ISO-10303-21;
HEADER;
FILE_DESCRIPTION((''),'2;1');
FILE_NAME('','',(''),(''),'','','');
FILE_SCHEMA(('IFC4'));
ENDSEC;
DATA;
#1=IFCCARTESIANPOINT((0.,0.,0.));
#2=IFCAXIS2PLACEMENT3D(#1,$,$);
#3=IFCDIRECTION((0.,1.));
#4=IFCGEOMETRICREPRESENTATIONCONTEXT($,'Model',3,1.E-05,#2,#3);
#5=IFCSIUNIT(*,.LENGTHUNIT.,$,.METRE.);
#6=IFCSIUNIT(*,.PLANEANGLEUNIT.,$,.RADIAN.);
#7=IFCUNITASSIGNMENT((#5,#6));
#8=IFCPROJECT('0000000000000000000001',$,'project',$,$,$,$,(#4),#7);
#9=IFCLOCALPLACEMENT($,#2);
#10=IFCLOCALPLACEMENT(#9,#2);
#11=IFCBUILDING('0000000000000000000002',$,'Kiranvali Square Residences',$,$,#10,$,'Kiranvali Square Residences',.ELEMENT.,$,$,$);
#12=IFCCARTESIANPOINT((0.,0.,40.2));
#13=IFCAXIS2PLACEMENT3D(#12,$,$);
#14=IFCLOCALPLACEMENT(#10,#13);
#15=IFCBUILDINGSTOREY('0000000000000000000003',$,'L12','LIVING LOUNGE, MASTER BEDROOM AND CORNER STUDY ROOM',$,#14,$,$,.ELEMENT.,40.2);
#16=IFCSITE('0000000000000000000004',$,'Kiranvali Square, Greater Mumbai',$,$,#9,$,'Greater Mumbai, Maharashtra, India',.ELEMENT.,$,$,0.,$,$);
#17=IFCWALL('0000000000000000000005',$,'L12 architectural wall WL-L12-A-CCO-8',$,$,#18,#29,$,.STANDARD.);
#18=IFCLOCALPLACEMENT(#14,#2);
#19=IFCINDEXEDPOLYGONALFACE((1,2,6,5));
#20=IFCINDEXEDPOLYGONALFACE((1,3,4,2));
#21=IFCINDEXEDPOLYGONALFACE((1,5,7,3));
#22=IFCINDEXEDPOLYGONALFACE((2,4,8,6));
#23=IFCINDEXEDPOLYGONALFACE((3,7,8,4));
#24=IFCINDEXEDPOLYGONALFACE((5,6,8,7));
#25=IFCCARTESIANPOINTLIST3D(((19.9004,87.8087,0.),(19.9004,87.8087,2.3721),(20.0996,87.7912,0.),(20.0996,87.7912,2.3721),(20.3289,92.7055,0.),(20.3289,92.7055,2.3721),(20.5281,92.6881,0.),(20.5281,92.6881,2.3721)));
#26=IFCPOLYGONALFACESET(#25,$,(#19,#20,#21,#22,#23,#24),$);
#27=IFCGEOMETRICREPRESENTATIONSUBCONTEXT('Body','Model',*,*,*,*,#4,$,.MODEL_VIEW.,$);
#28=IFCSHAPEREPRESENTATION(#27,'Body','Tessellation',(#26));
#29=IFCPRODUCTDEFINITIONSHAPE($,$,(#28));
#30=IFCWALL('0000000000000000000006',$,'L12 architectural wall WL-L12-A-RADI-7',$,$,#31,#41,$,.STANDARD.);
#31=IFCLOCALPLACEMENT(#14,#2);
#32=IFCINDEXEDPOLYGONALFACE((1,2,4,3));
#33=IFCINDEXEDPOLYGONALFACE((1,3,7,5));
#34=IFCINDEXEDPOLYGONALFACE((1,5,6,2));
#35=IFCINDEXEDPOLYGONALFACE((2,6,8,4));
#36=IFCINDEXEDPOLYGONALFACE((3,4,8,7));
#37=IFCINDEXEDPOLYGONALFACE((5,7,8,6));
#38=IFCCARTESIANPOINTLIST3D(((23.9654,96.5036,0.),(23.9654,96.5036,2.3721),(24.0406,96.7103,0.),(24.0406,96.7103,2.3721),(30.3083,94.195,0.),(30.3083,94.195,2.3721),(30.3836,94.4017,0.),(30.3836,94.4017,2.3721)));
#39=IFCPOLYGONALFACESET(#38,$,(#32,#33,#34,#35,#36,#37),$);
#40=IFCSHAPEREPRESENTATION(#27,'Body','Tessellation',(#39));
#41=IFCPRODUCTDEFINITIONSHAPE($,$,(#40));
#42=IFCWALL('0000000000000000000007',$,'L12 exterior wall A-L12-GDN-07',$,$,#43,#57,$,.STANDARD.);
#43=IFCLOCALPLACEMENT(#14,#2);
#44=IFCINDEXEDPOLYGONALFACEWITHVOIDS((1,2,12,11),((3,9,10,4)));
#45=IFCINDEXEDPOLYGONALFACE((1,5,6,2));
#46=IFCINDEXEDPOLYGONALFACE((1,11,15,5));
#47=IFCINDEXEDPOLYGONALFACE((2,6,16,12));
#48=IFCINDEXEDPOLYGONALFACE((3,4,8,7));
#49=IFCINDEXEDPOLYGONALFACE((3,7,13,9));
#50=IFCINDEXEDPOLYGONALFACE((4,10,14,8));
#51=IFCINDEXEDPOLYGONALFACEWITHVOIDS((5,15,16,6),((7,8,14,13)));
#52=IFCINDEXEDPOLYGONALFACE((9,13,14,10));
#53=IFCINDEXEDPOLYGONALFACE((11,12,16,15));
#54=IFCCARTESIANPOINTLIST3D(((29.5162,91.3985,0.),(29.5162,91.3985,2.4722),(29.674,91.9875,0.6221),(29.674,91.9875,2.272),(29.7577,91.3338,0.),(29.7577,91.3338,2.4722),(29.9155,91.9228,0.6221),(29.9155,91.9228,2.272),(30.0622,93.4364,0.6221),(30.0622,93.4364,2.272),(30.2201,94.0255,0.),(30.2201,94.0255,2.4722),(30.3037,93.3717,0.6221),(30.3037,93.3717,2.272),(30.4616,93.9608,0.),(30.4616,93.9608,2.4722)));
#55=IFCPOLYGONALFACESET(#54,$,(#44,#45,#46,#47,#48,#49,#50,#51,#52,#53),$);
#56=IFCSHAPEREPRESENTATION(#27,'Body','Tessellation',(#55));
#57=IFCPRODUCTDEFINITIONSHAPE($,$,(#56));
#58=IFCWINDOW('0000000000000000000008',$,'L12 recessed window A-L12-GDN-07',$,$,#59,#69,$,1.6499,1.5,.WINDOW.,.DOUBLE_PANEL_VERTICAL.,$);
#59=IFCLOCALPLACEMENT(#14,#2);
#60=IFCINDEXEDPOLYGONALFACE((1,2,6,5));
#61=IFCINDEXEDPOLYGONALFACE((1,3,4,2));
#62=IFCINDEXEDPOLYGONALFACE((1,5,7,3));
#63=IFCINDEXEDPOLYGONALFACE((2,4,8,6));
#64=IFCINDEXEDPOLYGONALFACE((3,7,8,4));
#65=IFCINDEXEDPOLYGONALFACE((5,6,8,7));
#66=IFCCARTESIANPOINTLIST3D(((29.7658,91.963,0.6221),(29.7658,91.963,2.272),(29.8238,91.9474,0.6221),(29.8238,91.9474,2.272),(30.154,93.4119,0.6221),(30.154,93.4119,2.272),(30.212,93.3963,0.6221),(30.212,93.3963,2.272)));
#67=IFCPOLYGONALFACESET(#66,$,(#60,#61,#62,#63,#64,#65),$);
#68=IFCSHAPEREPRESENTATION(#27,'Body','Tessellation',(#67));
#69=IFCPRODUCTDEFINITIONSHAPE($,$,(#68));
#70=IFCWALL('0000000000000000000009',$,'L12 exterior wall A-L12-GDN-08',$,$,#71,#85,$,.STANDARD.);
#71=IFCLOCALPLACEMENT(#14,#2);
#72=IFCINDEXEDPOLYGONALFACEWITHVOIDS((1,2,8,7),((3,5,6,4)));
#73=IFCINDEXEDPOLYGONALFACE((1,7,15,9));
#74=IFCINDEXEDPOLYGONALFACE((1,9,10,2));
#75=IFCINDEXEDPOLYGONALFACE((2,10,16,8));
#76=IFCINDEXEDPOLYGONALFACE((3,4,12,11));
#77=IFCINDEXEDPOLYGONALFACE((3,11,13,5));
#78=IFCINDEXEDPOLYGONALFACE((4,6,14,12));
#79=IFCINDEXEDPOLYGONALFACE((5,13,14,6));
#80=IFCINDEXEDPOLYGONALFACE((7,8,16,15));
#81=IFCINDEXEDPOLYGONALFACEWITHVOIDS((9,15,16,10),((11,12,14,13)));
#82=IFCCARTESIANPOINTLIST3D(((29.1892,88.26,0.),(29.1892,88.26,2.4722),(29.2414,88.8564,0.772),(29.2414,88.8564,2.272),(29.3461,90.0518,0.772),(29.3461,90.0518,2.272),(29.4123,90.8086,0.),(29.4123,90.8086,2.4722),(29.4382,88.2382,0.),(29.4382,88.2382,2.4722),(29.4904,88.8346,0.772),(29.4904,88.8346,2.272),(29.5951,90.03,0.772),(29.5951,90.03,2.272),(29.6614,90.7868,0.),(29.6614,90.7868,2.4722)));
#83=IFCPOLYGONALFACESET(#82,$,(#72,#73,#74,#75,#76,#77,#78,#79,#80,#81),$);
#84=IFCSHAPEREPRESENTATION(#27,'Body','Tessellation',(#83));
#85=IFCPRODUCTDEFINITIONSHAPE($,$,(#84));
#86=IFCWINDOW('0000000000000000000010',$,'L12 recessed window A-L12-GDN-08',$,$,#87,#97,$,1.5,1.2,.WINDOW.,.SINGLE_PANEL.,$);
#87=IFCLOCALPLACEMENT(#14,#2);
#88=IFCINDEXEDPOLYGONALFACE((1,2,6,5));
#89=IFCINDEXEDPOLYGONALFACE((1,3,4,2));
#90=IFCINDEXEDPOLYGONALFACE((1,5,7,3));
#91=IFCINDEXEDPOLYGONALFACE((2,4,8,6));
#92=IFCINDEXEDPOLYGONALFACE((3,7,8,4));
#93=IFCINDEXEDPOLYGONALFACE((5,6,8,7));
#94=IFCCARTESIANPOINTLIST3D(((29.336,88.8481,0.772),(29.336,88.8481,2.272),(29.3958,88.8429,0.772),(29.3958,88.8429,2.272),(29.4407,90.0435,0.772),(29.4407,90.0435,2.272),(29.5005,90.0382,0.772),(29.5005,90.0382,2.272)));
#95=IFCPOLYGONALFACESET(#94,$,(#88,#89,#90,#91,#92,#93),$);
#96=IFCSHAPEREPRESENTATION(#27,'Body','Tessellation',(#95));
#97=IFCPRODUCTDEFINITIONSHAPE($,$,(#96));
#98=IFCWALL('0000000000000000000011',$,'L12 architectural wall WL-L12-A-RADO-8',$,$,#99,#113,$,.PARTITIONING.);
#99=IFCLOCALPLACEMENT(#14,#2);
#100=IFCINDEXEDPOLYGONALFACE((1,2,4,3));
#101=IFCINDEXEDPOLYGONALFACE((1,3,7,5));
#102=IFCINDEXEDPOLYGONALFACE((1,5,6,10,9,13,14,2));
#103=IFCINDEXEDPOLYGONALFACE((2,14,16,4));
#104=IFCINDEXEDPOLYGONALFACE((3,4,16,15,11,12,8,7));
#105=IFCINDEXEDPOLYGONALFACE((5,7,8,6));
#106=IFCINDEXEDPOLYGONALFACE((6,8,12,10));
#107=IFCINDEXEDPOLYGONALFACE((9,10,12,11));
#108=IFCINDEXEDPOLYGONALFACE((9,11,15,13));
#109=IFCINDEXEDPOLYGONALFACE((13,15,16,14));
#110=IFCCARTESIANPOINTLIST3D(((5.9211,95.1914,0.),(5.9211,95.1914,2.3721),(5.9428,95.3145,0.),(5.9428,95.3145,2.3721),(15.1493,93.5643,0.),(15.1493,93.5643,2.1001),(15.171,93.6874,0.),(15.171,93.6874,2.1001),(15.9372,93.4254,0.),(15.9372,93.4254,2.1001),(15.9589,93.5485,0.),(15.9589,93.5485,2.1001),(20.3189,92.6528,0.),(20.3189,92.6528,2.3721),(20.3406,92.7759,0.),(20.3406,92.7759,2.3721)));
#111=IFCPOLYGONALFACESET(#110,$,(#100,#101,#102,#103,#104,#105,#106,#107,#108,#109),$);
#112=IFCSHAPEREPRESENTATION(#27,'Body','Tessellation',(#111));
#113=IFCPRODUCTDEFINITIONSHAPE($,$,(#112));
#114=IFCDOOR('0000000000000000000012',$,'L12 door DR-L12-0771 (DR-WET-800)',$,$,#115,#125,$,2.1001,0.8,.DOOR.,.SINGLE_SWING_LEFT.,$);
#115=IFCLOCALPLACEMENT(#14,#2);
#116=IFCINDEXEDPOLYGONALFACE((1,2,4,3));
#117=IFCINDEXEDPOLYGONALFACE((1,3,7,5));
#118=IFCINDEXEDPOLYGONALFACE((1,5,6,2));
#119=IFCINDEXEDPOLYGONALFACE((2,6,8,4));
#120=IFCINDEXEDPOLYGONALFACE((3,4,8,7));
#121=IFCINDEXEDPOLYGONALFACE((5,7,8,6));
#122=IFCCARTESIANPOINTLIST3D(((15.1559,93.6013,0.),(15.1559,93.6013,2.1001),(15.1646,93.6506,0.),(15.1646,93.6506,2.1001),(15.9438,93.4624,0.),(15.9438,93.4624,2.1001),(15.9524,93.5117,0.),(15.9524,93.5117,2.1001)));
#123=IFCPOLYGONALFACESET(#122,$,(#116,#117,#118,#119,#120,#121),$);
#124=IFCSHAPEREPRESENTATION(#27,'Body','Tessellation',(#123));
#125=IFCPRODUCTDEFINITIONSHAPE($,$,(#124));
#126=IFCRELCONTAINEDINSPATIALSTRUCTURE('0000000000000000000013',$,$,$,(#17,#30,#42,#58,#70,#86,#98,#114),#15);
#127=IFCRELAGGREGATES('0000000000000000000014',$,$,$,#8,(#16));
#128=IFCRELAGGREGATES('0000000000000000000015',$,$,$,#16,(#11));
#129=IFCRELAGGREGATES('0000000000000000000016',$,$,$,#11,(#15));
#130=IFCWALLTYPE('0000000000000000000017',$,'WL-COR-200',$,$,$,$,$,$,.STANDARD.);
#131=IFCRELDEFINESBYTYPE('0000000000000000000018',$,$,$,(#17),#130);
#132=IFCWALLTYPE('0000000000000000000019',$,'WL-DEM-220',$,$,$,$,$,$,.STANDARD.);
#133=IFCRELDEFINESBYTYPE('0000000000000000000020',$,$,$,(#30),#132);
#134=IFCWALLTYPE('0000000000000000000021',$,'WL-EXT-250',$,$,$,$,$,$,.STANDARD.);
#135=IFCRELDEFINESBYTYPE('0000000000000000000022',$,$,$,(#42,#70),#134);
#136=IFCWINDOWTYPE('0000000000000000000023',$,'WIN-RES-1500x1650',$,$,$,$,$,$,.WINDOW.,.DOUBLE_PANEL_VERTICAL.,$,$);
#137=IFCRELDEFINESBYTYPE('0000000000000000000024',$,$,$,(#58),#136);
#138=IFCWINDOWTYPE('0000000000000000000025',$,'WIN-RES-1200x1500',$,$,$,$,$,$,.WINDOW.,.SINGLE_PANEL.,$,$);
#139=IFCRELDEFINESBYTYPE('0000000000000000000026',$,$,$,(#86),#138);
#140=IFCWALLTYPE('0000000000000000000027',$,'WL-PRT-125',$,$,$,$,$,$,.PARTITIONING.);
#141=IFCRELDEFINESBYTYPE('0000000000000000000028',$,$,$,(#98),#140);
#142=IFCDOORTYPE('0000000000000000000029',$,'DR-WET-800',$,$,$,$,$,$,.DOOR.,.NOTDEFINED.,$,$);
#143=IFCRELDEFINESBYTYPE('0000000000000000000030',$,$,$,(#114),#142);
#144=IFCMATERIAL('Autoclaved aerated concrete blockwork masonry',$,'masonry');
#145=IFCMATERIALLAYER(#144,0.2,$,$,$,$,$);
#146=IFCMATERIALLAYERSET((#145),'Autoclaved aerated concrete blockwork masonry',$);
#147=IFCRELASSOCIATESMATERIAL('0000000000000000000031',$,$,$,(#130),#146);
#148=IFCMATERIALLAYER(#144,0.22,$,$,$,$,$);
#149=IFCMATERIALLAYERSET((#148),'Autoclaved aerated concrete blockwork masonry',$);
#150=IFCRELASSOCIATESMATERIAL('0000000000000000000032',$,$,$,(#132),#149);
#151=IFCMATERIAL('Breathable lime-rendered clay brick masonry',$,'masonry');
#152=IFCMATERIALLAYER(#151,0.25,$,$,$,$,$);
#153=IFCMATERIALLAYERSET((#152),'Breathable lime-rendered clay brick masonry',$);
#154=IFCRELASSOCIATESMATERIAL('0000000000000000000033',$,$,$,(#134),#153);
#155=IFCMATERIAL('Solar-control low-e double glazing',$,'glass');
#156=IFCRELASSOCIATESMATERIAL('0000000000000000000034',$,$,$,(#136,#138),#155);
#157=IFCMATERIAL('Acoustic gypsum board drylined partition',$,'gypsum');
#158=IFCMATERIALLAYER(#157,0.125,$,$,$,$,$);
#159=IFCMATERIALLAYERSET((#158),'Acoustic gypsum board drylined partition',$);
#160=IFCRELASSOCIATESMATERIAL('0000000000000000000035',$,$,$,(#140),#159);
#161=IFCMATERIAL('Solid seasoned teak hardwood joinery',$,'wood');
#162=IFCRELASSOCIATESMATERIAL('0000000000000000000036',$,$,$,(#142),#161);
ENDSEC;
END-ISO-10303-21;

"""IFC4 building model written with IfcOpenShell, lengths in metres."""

from ifc_helpers import new_model, si_unit, direction, frame, frame_2d, origin, place, context, subcontext, project, spatial, rectangle, extrude, material, layer, layer_set, type_object, element, fill, save


model = new_model("IFC4")

# Units and contexts
model_context = context("Model", 3, precision=1e-05, world=origin(), true_north=direction((0.0, 1.0)))
body_context = subcontext(model_context, "Body", "Model", "MODEL_VIEW")
ifc_project = project(units=[si_unit("LENGTHUNIT", "METRE"), si_unit("PLANEANGLEUNIT", "RADIAN")], contexts=[model_context])

# Site, building, storey
site_placement = place(None, origin())
site = spatial("IfcSite", under=ifc_project, at=site_placement, Name="Kiranvali Square, Greater Mumbai", LongName="Greater Mumbai, Maharashtra, India", CompositionType="ELEMENT", RefElevation=0.0)
building_placement = place(site_placement, origin())
building = spatial("IfcBuilding", under=site, at=building_placement, Name="Kiranvali Square Residences", LongName="Kiranvali Square Residences", CompositionType="ELEMENT")
storey_placement = place(building_placement, frame((0.0, 0.0, 40.2)))
storey = spatial("IfcBuildingStorey", under=building, at=storey_placement, Name="L12", Description="LIVING LOUNGE, MASTER BEDROOM AND CORNER STUDY ROOM", CompositionType="ELEMENT", Elevation=40.2)

# Walls
ifc_material_1 = material(Name="Autoclaved aerated concrete blockwork masonry", Category="masonry")
ifc_layer_1 = layer(ifc_material_1, 0.2)
ifc_layer_set_1 = layer_set([ifc_layer_1], Name="Autoclaved aerated concrete blockwork masonry")
wall_type_1 = type_object("IfcWallType", Name="WL-COR-200", PredefinedType="STANDARD", material=ifc_layer_set_1)
wall_1_placement = place(storey_placement, frame((20.4285, 92.6968, 0.0), z_axis=(0.0, 0.0, 1.0), x_axis=(-0.087168, -0.996194, 0.0)))
element("IfcWall", 1, at=wall_1_placement, inside=storey, type_object=wall_type_1, Name="L12 architectural wall WL-L12-A-CCO-8", PredefinedType="STANDARD", context=body_context, shape_type="SweptSolid", body=[
    extrude(rectangle(XDim=4.9155, YDim=0.2, at=frame_2d((2.4578, 0.0))), origin(), (0.0, 0.0, 1.0), 2.3721),
])
ifc_layer_2 = layer(ifc_material_1, 0.22)
ifc_layer_set_2 = layer_set([ifc_layer_2], Name="Autoclaved aerated concrete blockwork masonry")
wall_type_2 = type_object("IfcWallType", Name="WL-DEM-220", PredefinedType="STANDARD", material=ifc_layer_set_2)
wall_2_placement = place(storey_placement, frame((30.3459, 94.2983, 0.0), z_axis=(0.0, 0.0, 1.0), x_axis=(-0.939696, 0.34201, 0.0)))
element("IfcWall", 2, at=wall_2_placement, inside=storey, type_object=wall_type_2, Name="L12 architectural wall WL-L12-A-RADI-7", PredefinedType="STANDARD", context=body_context, shape_type="SweptSolid", body=[
    extrude(rectangle(XDim=6.75, YDim=0.22, at=frame_2d((3.375, 0.0))), origin(), (0.0, 0.0, 1.0), 2.3721),
])

# Walls, openings, windows
ifc_material_2 = material(Name="Breathable lime-rendered clay brick masonry", Category="masonry")
ifc_layer_3 = layer(ifc_material_2, 0.25)
ifc_layer_set_3 = layer_set([ifc_layer_3], Name="Breathable lime-rendered clay brick masonry")
wall_type_3 = type_object("IfcWallType", Name="WL-EXT-250", PredefinedType="STANDARD", material=ifc_layer_set_3)
wall_3_placement = place(storey_placement, frame((30.3408, 93.9932, 0.0), z_axis=(0.0, 0.0, 1.0), x_axis=(-0.258808, -0.965929, 0.0)))
wall_3 = element("IfcWall", 3, at=wall_3_placement, inside=storey, type_object=wall_type_3, Name="L12 exterior wall A-L12-GDN-07", PredefinedType="STANDARD", context=body_context, shape_type="SweptSolid", body=[
    extrude(rectangle(XDim=2.7197, YDim=0.25, at=frame_2d((1.3599, 0.0))), origin(), (0.0, 0.0, 1.0), 2.4722),
])
opening_1_placement = place(wall_3_placement, frame((0.6099, 0.0, 0.6221)))
opening_1 = element("IfcOpeningElement", 4, at=opening_1_placement, cuts=wall_3, PredefinedType="OPENING", context=body_context, shape_type="SweptSolid", body=[
    extrude(rectangle(XDim=1.5, YDim=1.6499, at=frame_2d((0.75, 0.825))), frame((0.0, 0.135, 0.0), z_axis=(0.0, -1.0, 0.0), x_axis=(1.0, 0.0, 0.0)), (0.0, 0.0, 1.0), 0.27),
])
ifc_material_3 = material(Name="Solar-control low-e double glazing", Category="glass")
window_type_1 = type_object("IfcWindowType", Name="WIN-RES-1500x1650", PartitioningType="DOUBLE_PANEL_VERTICAL", PredefinedType="WINDOW", material=ifc_material_3)
window_1_placement = place(opening_1_placement, origin())
window_1 = element("IfcWindow", 5, at=window_1_placement, inside=storey, type_object=window_type_1, Name="L12 recessed window A-L12-GDN-07", OverallHeight=1.6499, OverallWidth=1.5, PartitioningType="DOUBLE_PANEL_VERTICAL", PredefinedType="WINDOW", context=body_context, shape_type="SweptSolid", body=[
    extrude(rectangle(XDim=1.5, YDim=1.6499, at=frame_2d((0.75, 0.825))), frame((0.0, 0.03, 0.0), z_axis=(0.0, -1.0, 0.0), x_axis=(1.0, 0.0, 0.0)), (0.0, 0.0, 1.0), 0.0601),
])
fill(opening_1, window_1)
wall_4_placement = place(storey_placement, frame((29.5369, 90.7979, 0.0), z_axis=(0.0, 0.0, 1.0), x_axis=(-0.087223, -0.996189, 0.0)))
wall_4 = element("IfcWall", 6, at=wall_4_placement, inside=storey, type_object=wall_type_3, Name="L12 exterior wall A-L12-GDN-08", PredefinedType="STANDARD", context=body_context, shape_type="SweptSolid", body=[
    extrude(rectangle(XDim=2.5583, YDim=0.25, at=frame_2d((1.2793, 0.0))), origin(), (0.0, 0.0, 1.0), 2.4722),
])
opening_2_placement = place(wall_4_placement, frame((0.7598, 0.0, 0.772)))
opening_2 = element("IfcOpeningElement", 7, at=opening_2_placement, cuts=wall_4, PredefinedType="OPENING", context=body_context, shape_type="SweptSolid", body=[
    extrude(rectangle(XDim=1.2, YDim=1.5, at=frame_2d((0.6001, 0.75))), frame((0.0, 0.135, 0.0), z_axis=(0.0, -1.0, 0.0), x_axis=(1.0, 0.0, 0.0)), (0.0, 0.0, 1.0), 0.27),
])
window_type_2 = type_object("IfcWindowType", Name="WIN-RES-1200x1500", PartitioningType="SINGLE_PANEL", PredefinedType="WINDOW", material=ifc_material_3)
window_2_placement = place(opening_2_placement, origin())
window_2 = element("IfcWindow", 8, at=window_2_placement, inside=storey, type_object=window_type_2, Name="L12 recessed window A-L12-GDN-08", OverallHeight=1.5, OverallWidth=1.2, PartitioningType="SINGLE_PANEL", PredefinedType="WINDOW", context=body_context, shape_type="SweptSolid", body=[
    extrude(rectangle(XDim=1.2, YDim=1.5, at=frame_2d((0.6001, 0.75))), frame((0.0, 0.03, 0.0), z_axis=(0.0, -1.0, 0.0), x_axis=(1.0, 0.0, 0.0)), (0.0, 0.0, 1.0), 0.0601),
])
fill(opening_2, window_2)

# Wall, opening, door
ifc_material_4 = material(Name="Acoustic gypsum board drylined partition", Category="gypsum")
ifc_layer_4 = layer(ifc_material_4, 0.125)
ifc_layer_set_4 = layer_set([ifc_layer_4], Name="Acoustic gypsum board drylined partition")
wall_type_4 = type_object("IfcWallType", Name="WL-PRT-125", PredefinedType="PARTITIONING", material=ifc_layer_set_4)
wall_5_placement = place(storey_placement, frame((20.3298, 92.7144, 0.0), z_axis=(0.0, 0.0, 1.0), x_axis=(-0.984809, 0.17364, 0.0)))
wall_5 = element("IfcWall", 9, at=wall_5_placement, inside=storey, type_object=wall_type_4, Name="L12 architectural wall WL-L12-A-RADO-8", PredefinedType="PARTITIONING", context=body_context, shape_type="SweptSolid", body=[
    extrude(rectangle(XDim=14.6199, YDim=0.125, at=frame_2d((7.3101, 0.0))), origin(), (0.0, 0.0, 1.0), 2.3721),
])
opening_3_placement = place(wall_5_placement, frame((4.4495, 0.0, 0.0)))
opening_3 = element("IfcOpeningElement", 10, at=opening_3_placement, cuts=wall_5, PredefinedType="OPENING", context=body_context, shape_type="SweptSolid", body=[
    extrude(rectangle(XDim=0.8, YDim=2.1001, at=frame_2d((0.3999, 1.05))), frame((0.0, 0.0725, 0.0), z_axis=(0.0, -1.0, 0.0), x_axis=(1.0, 0.0, 0.0)), (0.0, 0.0, 1.0), 0.145),
])
ifc_material_5 = material(Name="Solid seasoned teak hardwood joinery", Category="wood")
door_type = type_object("IfcDoorType", Name="DR-WET-800", OperationType="NOTDEFINED", PredefinedType="DOOR", material=ifc_material_5)
door_placement = place(opening_3_placement, origin())
door = element("IfcDoor", 11, at=door_placement, inside=storey, type_object=door_type, Name="L12 door DR-L12-0771 (DR-WET-800)", OperationType="SINGLE_SWING_LEFT", OverallHeight=2.1001, OverallWidth=0.8, PredefinedType="DOOR", context=body_context, shape_type="SweptSolid", body=[
    extrude(rectangle(XDim=0.8, YDim=2.1001, at=frame_2d((0.3999, 1.05))), frame((0.0, 0.0249, 0.0), z_axis=(0.0, -1.0, 0.0), x_axis=(1.0, 0.0, 0.0)), (0.0, 0.0, 1.0), 0.05),
])
fill(opening_3, door)

save(model, "model.ifc")
